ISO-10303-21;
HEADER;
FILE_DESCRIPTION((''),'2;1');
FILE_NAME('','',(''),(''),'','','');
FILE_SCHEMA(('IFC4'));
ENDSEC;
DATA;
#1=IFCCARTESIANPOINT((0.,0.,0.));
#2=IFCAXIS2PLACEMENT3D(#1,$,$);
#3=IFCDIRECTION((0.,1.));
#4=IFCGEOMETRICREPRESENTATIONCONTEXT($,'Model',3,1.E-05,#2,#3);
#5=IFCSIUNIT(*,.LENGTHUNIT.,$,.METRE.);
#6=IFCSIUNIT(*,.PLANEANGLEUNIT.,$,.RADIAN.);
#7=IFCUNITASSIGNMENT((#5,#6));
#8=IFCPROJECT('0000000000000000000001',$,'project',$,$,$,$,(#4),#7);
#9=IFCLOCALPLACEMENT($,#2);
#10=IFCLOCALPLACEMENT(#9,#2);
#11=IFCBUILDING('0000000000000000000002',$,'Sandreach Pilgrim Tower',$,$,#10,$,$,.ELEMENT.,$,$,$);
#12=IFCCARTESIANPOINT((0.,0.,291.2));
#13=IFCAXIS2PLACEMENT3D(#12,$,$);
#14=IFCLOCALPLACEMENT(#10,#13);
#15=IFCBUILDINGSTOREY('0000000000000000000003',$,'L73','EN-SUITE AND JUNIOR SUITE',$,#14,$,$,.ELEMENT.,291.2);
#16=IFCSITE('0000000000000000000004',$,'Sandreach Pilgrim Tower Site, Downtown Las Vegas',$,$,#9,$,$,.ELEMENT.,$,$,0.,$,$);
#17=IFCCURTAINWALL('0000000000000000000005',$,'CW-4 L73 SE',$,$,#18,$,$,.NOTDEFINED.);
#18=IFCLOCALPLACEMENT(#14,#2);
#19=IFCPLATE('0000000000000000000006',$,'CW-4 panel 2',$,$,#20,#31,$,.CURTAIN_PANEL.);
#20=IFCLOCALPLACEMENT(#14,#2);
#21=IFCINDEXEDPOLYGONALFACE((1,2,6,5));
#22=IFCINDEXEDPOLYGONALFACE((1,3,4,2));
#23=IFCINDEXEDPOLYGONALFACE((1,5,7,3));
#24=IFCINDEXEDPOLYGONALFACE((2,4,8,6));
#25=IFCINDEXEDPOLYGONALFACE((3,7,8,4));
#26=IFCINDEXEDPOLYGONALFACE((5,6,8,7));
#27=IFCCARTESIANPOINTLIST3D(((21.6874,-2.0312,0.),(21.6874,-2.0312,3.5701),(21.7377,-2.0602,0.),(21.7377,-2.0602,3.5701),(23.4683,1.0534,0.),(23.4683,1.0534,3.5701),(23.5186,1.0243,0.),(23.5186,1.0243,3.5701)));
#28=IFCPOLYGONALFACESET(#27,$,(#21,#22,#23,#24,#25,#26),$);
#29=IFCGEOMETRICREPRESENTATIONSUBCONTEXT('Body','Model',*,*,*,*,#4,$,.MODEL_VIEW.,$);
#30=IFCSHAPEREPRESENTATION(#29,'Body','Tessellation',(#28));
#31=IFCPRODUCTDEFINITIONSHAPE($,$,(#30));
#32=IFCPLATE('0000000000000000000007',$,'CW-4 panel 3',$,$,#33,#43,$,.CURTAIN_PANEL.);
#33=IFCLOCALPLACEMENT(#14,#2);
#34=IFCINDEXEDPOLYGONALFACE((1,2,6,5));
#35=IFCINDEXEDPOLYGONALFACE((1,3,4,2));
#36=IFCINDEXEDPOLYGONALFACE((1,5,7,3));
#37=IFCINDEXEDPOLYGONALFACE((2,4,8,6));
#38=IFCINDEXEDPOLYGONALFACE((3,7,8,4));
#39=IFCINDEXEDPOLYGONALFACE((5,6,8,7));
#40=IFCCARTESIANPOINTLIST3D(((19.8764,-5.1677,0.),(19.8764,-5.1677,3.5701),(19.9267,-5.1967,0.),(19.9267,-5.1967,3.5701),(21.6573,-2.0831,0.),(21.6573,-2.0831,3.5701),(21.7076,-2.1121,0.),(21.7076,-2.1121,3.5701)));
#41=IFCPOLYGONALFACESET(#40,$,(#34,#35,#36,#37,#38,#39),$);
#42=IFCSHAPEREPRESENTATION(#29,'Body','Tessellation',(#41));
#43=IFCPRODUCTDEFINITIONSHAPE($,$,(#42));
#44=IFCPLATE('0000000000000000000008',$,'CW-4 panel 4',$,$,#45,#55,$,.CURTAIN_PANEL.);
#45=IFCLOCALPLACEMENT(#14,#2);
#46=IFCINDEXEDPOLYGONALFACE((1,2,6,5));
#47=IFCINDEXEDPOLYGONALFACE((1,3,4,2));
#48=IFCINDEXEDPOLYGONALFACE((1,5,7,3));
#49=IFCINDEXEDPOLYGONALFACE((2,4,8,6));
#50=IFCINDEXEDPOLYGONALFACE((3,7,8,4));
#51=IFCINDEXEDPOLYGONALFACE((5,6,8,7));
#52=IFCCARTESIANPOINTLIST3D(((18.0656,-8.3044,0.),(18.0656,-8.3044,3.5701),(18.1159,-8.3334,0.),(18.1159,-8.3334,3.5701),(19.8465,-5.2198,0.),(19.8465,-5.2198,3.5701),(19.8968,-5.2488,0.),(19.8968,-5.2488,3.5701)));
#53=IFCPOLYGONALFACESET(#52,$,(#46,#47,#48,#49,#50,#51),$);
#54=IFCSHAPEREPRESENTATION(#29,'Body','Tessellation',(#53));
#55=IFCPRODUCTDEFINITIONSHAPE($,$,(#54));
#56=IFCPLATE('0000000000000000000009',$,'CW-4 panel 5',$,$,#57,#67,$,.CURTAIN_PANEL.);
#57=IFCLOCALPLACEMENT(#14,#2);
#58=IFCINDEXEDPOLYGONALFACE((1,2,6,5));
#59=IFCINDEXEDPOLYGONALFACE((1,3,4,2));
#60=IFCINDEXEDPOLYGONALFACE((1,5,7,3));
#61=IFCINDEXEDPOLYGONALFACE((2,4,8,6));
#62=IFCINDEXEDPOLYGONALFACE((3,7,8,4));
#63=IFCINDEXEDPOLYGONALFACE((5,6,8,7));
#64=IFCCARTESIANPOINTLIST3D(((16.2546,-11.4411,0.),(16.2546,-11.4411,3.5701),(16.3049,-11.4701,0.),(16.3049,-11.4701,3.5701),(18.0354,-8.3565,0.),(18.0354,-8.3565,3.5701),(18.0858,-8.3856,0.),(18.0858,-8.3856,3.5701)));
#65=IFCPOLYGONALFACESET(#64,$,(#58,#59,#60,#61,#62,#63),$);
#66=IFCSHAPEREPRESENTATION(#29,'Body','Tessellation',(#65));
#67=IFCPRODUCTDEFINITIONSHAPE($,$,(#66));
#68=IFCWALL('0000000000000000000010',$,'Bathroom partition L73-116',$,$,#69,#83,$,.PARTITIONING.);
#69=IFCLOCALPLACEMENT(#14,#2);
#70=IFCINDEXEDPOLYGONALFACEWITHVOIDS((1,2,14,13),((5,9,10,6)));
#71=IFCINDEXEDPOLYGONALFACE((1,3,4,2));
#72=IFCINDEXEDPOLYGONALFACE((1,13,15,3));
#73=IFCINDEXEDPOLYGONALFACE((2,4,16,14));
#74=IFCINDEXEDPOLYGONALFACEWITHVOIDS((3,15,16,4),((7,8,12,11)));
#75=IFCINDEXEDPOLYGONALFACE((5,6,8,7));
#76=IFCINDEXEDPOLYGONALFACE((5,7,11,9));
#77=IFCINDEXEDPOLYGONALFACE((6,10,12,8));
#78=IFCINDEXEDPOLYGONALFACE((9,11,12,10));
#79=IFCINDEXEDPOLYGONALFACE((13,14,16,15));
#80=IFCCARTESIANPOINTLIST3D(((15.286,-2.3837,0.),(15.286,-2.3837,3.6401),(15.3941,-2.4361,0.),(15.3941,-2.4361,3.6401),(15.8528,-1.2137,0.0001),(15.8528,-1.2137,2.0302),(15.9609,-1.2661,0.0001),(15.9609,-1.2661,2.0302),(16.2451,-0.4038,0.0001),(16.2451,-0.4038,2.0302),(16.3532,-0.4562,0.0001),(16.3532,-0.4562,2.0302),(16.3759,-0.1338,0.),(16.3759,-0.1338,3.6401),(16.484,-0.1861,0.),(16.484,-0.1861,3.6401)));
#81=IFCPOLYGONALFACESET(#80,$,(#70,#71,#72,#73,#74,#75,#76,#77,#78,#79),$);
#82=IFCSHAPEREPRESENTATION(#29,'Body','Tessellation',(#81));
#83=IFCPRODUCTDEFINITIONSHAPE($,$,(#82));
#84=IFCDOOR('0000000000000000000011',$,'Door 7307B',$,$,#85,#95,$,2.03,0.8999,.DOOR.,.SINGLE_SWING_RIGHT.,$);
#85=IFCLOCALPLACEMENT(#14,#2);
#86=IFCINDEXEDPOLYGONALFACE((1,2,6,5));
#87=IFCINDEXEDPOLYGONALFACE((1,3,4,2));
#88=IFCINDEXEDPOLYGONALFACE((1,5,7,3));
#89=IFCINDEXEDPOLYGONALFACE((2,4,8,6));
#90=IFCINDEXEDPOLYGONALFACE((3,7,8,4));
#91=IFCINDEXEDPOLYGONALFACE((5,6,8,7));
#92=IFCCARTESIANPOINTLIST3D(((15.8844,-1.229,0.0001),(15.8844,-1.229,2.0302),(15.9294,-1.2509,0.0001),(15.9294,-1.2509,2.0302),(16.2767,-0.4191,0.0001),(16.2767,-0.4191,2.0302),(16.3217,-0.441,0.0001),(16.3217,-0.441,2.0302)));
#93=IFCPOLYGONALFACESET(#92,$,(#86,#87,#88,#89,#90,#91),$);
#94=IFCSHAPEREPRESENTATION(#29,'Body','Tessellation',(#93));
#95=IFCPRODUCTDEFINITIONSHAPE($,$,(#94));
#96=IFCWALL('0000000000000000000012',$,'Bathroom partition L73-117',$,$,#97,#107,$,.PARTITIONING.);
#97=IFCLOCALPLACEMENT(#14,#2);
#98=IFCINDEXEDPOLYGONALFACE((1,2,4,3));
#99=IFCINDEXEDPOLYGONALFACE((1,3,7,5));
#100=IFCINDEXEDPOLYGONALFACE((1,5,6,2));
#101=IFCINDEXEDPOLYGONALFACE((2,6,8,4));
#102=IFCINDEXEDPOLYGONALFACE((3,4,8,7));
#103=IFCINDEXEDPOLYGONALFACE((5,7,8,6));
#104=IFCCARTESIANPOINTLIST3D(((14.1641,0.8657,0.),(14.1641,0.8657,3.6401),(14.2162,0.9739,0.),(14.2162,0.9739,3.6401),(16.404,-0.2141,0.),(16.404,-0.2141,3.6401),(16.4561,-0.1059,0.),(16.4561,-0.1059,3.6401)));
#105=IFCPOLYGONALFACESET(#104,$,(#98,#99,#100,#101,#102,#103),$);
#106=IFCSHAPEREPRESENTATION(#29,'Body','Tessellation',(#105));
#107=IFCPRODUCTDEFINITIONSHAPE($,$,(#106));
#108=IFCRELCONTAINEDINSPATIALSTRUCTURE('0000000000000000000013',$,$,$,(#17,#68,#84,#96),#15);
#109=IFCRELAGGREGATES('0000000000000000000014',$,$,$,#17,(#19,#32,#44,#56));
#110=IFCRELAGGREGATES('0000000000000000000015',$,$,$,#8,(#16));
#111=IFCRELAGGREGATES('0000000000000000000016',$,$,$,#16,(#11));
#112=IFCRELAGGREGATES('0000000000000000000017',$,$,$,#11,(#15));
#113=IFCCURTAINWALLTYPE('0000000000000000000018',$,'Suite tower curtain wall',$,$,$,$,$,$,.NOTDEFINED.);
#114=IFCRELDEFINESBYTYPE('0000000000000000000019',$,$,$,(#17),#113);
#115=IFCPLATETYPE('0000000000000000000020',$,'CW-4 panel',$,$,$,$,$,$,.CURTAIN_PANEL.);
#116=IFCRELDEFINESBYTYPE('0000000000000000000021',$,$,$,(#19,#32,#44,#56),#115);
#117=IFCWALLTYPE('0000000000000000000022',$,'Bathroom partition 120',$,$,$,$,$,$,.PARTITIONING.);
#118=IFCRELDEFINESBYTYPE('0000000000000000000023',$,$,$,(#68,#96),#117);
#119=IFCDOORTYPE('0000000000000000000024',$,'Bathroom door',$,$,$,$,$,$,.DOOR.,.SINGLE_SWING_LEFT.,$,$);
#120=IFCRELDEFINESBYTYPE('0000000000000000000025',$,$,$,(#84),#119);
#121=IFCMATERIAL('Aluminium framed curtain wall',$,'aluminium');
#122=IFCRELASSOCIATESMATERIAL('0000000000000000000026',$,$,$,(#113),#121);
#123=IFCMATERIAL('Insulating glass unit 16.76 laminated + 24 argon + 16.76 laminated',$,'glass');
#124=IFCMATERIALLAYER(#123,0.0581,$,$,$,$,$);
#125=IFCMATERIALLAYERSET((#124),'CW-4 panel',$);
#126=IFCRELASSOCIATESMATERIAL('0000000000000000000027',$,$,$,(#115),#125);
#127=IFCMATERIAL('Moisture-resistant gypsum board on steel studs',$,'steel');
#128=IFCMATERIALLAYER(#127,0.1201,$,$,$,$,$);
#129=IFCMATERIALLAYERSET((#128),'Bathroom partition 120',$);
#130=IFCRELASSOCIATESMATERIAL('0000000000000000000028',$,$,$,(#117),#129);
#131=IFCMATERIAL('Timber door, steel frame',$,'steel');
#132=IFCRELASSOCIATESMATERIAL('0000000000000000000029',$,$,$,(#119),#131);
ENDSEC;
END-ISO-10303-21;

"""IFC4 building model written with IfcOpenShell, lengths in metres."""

from ifc_helpers import new_model, si_unit, direction, frame, frame_2d, origin, origin_2d, place, context, subcontext, project, spatial, rectangle, extrude, material, layer, layer_set, type_object, element, fill, aggregate, save


model = new_model("IFC4")

# Units and contexts
model_context = context("Model", 3, precision=1e-05, world=origin(), true_north=direction((0.0, 1.0)))
body_context = subcontext(model_context, "Body", "Model", "MODEL_VIEW")
ifc_project = project(units=[si_unit("LENGTHUNIT", "METRE"), si_unit("PLANEANGLEUNIT", "RADIAN")], contexts=[model_context])

# Site, building, storey
site_placement = place(None, origin())
site = spatial("IfcSite", under=ifc_project, at=site_placement, Name="Sandreach Pilgrim Tower Site, Downtown Las Vegas", CompositionType="ELEMENT", RefElevation=0.0)
building_placement = place(site_placement, origin())
building = spatial("IfcBuilding", under=site, at=building_placement, Name="Sandreach Pilgrim Tower", CompositionType="ELEMENT")
storey_placement = place(building_placement, frame((0.0, 0.0, 291.2)))
storey = spatial("IfcBuildingStorey", under=building, at=storey_placement, Name="L73", Description="EN-SUITE AND JUNIOR SUITE", CompositionType="ELEMENT", Elevation=291.2)

# Curtain wall
ifc_material_1 = material(Name="Aluminium framed curtain wall", Category="aluminium")
curtain_wall_type = type_object("IfcCurtainWallType", Name="Suite tower curtain wall", PredefinedType="NOTDEFINED", material=ifc_material_1)
curtain_wall_placement = place(storey_placement, origin())
curtain_wall = element("IfcCurtainWall", 1, at=curtain_wall_placement, inside=storey, type_object=curtain_wall_type, Name="CW-4 L73 SE", PredefinedType="NOTDEFINED")

# Plates
ifc_material_2 = material(Name="Insulating glass unit 16.76 laminated + 24 argon + 16.76 laminated", Category="glass")
ifc_layer_1 = layer(ifc_material_2, 0.0581)
ifc_layer_set_1 = layer_set([ifc_layer_1], Name="CW-4 panel")
plate_type = type_object("IfcPlateType", Name="CW-4 panel", PredefinedType="CURTAIN_PANEL", material=ifc_layer_set_1)
plate_1_placement = place(storey_placement, frame((22.603, -0.5034, 0.0), z_axis=(0.0, 0.0, 1.0), x_axis=(-0.5, -0.866025, 0.0)))
plate_1 = element("IfcPlate", 2, at=plate_1_placement, type_object=plate_type, Name="CW-4 panel 2", PredefinedType="CURTAIN_PANEL", context=body_context, shape_type="SweptSolid", body=[
    extrude(rectangle(XDim=3.5618, YDim=0.0581, at=origin_2d()), origin(), (0.0, 0.0, 1.0), 3.5701),
])
plate_2_placement = place(storey_placement, frame((20.792, -3.6399, 0.0), z_axis=(0.0, 0.0, 1.0), x_axis=(-0.5, -0.866025, 0.0)))
plate_2 = element("IfcPlate", 3, at=plate_2_placement, type_object=plate_type, Name="CW-4 panel 3", PredefinedType="CURTAIN_PANEL", context=body_context, shape_type="SweptSolid", body=[
    extrude(rectangle(XDim=3.5618, YDim=0.0581, at=origin_2d()), origin(), (0.0, 0.0, 1.0), 3.5701),
])
plate_3_placement = place(storey_placement, frame((18.9812, -6.7766, 0.0), z_axis=(0.0, 0.0, 1.0), x_axis=(-0.5, -0.866025, 0.0)))
plate_3 = element("IfcPlate", 4, at=plate_3_placement, type_object=plate_type, Name="CW-4 panel 4", PredefinedType="CURTAIN_PANEL", context=body_context, shape_type="SweptSolid", body=[
    extrude(rectangle(XDim=3.5618, YDim=0.0581, at=origin_2d()), origin(), (0.0, 0.0, 1.0), 3.5701),
])
plate_4_placement = place(storey_placement, frame((17.1702, -9.9133, 0.0), z_axis=(0.0, 0.0, 1.0), x_axis=(-0.5, -0.866025, 0.0)))
plate_4 = element("IfcPlate", 5, at=plate_4_placement, type_object=plate_type, Name="CW-4 panel 5", PredefinedType="CURTAIN_PANEL", context=body_context, shape_type="SweptSolid", body=[
    extrude(rectangle(XDim=3.5618, YDim=0.0581, at=origin_2d()), origin(), (0.0, 0.0, 1.0), 3.5701),
])
aggregate(curtain_wall, [plate_1, plate_2, plate_3, plate_4])

# Wall, opening, door
ifc_material_3 = material(Name="Moisture-resistant gypsum board on steel studs", Category="steel")
ifc_layer_2 = layer(ifc_material_3, 0.1201)
ifc_layer_set_2 = layer_set([ifc_layer_2], Name="Bathroom partition 120")
wall_type = type_object("IfcWallType", Name="Bathroom partition 120", PredefinedType="PARTITIONING", material=ifc_layer_set_2)
wall_1_placement = place(storey_placement, frame((15.3401, -2.4099, 0.0), z_axis=(0.0, 0.0, 1.0), x_axis=(0.435928, 0.899981, 0.0)))
wall_1 = element("IfcWall", 6, at=wall_1_placement, inside=storey, type_object=wall_type, Name="Bathroom partition L73-116", PredefinedType="PARTITIONING", context=body_context, shape_type="SweptSolid", body=[
    extrude(rectangle(XDim=2.5, YDim=0.1201, at=frame_2d((1.25, 0.0))), origin(), (0.0, 0.0, 1.0), 3.6401),
])
opening_placement = place(wall_1_placement, frame((1.3, 0.0, 0.0)))
opening = element("IfcOpeningElement", 7, at=opening_placement, cuts=wall_1, PredefinedType="OPENING", context=body_context, shape_type="SweptSolid", body=[
    extrude(rectangle(XDim=0.8999, YDim=2.03, at=frame_2d((0.45, 1.0151))), frame((0.0, 0.0601, 0.0), z_axis=(0.0, -1.0, 0.0), x_axis=(1.0, 0.0, 0.0)), (0.0, 0.0, 1.0), 0.1201),
])
ifc_material_4 = material(Name="Timber door, steel frame", Category="steel")
door_type = type_object("IfcDoorType", Name="Bathroom door", OperationType="SINGLE_SWING_LEFT", PredefinedType="DOOR", material=ifc_material_4)
door_placement = place(opening_placement, origin())
door = element("IfcDoor", 8, at=door_placement, inside=storey, type_object=door_type, Name="Door 7307B", OperationType="SINGLE_SWING_RIGHT", OverallHeight=2.03, OverallWidth=0.8999, PredefinedType="DOOR", context=body_context, shape_type="SweptSolid", body=[
    extrude(rectangle(XDim=0.8999, YDim=2.03, at=frame_2d((0.45, 1.0151))), frame((0.0, 0.0249, 0.0), z_axis=(0.0, -1.0, 0.0), x_axis=(1.0, 0.0, 0.0)), (0.0, 0.0, 1.0), 0.05),
])
fill(opening, door)

# Wall
wall_2_placement = place(storey_placement, frame((16.4299, -0.1599, 0.0), z_axis=(0.0, 0.0, 1.0), x_axis=(-0.900794, 0.434247, 0.0)))
element("IfcWall", 9, at=wall_2_placement, inside=storey, type_object=wall_type, Name="Bathroom partition L73-117", PredefinedType="PARTITIONING", context=body_context, shape_type="SweptSolid", body=[
    extrude(rectangle(XDim=2.4866, YDim=0.1201, at=frame_2d((1.2432, 0.0))), origin(), (0.0, 0.0, 1.0), 3.6401),
])

save(model, "model.ifc")
